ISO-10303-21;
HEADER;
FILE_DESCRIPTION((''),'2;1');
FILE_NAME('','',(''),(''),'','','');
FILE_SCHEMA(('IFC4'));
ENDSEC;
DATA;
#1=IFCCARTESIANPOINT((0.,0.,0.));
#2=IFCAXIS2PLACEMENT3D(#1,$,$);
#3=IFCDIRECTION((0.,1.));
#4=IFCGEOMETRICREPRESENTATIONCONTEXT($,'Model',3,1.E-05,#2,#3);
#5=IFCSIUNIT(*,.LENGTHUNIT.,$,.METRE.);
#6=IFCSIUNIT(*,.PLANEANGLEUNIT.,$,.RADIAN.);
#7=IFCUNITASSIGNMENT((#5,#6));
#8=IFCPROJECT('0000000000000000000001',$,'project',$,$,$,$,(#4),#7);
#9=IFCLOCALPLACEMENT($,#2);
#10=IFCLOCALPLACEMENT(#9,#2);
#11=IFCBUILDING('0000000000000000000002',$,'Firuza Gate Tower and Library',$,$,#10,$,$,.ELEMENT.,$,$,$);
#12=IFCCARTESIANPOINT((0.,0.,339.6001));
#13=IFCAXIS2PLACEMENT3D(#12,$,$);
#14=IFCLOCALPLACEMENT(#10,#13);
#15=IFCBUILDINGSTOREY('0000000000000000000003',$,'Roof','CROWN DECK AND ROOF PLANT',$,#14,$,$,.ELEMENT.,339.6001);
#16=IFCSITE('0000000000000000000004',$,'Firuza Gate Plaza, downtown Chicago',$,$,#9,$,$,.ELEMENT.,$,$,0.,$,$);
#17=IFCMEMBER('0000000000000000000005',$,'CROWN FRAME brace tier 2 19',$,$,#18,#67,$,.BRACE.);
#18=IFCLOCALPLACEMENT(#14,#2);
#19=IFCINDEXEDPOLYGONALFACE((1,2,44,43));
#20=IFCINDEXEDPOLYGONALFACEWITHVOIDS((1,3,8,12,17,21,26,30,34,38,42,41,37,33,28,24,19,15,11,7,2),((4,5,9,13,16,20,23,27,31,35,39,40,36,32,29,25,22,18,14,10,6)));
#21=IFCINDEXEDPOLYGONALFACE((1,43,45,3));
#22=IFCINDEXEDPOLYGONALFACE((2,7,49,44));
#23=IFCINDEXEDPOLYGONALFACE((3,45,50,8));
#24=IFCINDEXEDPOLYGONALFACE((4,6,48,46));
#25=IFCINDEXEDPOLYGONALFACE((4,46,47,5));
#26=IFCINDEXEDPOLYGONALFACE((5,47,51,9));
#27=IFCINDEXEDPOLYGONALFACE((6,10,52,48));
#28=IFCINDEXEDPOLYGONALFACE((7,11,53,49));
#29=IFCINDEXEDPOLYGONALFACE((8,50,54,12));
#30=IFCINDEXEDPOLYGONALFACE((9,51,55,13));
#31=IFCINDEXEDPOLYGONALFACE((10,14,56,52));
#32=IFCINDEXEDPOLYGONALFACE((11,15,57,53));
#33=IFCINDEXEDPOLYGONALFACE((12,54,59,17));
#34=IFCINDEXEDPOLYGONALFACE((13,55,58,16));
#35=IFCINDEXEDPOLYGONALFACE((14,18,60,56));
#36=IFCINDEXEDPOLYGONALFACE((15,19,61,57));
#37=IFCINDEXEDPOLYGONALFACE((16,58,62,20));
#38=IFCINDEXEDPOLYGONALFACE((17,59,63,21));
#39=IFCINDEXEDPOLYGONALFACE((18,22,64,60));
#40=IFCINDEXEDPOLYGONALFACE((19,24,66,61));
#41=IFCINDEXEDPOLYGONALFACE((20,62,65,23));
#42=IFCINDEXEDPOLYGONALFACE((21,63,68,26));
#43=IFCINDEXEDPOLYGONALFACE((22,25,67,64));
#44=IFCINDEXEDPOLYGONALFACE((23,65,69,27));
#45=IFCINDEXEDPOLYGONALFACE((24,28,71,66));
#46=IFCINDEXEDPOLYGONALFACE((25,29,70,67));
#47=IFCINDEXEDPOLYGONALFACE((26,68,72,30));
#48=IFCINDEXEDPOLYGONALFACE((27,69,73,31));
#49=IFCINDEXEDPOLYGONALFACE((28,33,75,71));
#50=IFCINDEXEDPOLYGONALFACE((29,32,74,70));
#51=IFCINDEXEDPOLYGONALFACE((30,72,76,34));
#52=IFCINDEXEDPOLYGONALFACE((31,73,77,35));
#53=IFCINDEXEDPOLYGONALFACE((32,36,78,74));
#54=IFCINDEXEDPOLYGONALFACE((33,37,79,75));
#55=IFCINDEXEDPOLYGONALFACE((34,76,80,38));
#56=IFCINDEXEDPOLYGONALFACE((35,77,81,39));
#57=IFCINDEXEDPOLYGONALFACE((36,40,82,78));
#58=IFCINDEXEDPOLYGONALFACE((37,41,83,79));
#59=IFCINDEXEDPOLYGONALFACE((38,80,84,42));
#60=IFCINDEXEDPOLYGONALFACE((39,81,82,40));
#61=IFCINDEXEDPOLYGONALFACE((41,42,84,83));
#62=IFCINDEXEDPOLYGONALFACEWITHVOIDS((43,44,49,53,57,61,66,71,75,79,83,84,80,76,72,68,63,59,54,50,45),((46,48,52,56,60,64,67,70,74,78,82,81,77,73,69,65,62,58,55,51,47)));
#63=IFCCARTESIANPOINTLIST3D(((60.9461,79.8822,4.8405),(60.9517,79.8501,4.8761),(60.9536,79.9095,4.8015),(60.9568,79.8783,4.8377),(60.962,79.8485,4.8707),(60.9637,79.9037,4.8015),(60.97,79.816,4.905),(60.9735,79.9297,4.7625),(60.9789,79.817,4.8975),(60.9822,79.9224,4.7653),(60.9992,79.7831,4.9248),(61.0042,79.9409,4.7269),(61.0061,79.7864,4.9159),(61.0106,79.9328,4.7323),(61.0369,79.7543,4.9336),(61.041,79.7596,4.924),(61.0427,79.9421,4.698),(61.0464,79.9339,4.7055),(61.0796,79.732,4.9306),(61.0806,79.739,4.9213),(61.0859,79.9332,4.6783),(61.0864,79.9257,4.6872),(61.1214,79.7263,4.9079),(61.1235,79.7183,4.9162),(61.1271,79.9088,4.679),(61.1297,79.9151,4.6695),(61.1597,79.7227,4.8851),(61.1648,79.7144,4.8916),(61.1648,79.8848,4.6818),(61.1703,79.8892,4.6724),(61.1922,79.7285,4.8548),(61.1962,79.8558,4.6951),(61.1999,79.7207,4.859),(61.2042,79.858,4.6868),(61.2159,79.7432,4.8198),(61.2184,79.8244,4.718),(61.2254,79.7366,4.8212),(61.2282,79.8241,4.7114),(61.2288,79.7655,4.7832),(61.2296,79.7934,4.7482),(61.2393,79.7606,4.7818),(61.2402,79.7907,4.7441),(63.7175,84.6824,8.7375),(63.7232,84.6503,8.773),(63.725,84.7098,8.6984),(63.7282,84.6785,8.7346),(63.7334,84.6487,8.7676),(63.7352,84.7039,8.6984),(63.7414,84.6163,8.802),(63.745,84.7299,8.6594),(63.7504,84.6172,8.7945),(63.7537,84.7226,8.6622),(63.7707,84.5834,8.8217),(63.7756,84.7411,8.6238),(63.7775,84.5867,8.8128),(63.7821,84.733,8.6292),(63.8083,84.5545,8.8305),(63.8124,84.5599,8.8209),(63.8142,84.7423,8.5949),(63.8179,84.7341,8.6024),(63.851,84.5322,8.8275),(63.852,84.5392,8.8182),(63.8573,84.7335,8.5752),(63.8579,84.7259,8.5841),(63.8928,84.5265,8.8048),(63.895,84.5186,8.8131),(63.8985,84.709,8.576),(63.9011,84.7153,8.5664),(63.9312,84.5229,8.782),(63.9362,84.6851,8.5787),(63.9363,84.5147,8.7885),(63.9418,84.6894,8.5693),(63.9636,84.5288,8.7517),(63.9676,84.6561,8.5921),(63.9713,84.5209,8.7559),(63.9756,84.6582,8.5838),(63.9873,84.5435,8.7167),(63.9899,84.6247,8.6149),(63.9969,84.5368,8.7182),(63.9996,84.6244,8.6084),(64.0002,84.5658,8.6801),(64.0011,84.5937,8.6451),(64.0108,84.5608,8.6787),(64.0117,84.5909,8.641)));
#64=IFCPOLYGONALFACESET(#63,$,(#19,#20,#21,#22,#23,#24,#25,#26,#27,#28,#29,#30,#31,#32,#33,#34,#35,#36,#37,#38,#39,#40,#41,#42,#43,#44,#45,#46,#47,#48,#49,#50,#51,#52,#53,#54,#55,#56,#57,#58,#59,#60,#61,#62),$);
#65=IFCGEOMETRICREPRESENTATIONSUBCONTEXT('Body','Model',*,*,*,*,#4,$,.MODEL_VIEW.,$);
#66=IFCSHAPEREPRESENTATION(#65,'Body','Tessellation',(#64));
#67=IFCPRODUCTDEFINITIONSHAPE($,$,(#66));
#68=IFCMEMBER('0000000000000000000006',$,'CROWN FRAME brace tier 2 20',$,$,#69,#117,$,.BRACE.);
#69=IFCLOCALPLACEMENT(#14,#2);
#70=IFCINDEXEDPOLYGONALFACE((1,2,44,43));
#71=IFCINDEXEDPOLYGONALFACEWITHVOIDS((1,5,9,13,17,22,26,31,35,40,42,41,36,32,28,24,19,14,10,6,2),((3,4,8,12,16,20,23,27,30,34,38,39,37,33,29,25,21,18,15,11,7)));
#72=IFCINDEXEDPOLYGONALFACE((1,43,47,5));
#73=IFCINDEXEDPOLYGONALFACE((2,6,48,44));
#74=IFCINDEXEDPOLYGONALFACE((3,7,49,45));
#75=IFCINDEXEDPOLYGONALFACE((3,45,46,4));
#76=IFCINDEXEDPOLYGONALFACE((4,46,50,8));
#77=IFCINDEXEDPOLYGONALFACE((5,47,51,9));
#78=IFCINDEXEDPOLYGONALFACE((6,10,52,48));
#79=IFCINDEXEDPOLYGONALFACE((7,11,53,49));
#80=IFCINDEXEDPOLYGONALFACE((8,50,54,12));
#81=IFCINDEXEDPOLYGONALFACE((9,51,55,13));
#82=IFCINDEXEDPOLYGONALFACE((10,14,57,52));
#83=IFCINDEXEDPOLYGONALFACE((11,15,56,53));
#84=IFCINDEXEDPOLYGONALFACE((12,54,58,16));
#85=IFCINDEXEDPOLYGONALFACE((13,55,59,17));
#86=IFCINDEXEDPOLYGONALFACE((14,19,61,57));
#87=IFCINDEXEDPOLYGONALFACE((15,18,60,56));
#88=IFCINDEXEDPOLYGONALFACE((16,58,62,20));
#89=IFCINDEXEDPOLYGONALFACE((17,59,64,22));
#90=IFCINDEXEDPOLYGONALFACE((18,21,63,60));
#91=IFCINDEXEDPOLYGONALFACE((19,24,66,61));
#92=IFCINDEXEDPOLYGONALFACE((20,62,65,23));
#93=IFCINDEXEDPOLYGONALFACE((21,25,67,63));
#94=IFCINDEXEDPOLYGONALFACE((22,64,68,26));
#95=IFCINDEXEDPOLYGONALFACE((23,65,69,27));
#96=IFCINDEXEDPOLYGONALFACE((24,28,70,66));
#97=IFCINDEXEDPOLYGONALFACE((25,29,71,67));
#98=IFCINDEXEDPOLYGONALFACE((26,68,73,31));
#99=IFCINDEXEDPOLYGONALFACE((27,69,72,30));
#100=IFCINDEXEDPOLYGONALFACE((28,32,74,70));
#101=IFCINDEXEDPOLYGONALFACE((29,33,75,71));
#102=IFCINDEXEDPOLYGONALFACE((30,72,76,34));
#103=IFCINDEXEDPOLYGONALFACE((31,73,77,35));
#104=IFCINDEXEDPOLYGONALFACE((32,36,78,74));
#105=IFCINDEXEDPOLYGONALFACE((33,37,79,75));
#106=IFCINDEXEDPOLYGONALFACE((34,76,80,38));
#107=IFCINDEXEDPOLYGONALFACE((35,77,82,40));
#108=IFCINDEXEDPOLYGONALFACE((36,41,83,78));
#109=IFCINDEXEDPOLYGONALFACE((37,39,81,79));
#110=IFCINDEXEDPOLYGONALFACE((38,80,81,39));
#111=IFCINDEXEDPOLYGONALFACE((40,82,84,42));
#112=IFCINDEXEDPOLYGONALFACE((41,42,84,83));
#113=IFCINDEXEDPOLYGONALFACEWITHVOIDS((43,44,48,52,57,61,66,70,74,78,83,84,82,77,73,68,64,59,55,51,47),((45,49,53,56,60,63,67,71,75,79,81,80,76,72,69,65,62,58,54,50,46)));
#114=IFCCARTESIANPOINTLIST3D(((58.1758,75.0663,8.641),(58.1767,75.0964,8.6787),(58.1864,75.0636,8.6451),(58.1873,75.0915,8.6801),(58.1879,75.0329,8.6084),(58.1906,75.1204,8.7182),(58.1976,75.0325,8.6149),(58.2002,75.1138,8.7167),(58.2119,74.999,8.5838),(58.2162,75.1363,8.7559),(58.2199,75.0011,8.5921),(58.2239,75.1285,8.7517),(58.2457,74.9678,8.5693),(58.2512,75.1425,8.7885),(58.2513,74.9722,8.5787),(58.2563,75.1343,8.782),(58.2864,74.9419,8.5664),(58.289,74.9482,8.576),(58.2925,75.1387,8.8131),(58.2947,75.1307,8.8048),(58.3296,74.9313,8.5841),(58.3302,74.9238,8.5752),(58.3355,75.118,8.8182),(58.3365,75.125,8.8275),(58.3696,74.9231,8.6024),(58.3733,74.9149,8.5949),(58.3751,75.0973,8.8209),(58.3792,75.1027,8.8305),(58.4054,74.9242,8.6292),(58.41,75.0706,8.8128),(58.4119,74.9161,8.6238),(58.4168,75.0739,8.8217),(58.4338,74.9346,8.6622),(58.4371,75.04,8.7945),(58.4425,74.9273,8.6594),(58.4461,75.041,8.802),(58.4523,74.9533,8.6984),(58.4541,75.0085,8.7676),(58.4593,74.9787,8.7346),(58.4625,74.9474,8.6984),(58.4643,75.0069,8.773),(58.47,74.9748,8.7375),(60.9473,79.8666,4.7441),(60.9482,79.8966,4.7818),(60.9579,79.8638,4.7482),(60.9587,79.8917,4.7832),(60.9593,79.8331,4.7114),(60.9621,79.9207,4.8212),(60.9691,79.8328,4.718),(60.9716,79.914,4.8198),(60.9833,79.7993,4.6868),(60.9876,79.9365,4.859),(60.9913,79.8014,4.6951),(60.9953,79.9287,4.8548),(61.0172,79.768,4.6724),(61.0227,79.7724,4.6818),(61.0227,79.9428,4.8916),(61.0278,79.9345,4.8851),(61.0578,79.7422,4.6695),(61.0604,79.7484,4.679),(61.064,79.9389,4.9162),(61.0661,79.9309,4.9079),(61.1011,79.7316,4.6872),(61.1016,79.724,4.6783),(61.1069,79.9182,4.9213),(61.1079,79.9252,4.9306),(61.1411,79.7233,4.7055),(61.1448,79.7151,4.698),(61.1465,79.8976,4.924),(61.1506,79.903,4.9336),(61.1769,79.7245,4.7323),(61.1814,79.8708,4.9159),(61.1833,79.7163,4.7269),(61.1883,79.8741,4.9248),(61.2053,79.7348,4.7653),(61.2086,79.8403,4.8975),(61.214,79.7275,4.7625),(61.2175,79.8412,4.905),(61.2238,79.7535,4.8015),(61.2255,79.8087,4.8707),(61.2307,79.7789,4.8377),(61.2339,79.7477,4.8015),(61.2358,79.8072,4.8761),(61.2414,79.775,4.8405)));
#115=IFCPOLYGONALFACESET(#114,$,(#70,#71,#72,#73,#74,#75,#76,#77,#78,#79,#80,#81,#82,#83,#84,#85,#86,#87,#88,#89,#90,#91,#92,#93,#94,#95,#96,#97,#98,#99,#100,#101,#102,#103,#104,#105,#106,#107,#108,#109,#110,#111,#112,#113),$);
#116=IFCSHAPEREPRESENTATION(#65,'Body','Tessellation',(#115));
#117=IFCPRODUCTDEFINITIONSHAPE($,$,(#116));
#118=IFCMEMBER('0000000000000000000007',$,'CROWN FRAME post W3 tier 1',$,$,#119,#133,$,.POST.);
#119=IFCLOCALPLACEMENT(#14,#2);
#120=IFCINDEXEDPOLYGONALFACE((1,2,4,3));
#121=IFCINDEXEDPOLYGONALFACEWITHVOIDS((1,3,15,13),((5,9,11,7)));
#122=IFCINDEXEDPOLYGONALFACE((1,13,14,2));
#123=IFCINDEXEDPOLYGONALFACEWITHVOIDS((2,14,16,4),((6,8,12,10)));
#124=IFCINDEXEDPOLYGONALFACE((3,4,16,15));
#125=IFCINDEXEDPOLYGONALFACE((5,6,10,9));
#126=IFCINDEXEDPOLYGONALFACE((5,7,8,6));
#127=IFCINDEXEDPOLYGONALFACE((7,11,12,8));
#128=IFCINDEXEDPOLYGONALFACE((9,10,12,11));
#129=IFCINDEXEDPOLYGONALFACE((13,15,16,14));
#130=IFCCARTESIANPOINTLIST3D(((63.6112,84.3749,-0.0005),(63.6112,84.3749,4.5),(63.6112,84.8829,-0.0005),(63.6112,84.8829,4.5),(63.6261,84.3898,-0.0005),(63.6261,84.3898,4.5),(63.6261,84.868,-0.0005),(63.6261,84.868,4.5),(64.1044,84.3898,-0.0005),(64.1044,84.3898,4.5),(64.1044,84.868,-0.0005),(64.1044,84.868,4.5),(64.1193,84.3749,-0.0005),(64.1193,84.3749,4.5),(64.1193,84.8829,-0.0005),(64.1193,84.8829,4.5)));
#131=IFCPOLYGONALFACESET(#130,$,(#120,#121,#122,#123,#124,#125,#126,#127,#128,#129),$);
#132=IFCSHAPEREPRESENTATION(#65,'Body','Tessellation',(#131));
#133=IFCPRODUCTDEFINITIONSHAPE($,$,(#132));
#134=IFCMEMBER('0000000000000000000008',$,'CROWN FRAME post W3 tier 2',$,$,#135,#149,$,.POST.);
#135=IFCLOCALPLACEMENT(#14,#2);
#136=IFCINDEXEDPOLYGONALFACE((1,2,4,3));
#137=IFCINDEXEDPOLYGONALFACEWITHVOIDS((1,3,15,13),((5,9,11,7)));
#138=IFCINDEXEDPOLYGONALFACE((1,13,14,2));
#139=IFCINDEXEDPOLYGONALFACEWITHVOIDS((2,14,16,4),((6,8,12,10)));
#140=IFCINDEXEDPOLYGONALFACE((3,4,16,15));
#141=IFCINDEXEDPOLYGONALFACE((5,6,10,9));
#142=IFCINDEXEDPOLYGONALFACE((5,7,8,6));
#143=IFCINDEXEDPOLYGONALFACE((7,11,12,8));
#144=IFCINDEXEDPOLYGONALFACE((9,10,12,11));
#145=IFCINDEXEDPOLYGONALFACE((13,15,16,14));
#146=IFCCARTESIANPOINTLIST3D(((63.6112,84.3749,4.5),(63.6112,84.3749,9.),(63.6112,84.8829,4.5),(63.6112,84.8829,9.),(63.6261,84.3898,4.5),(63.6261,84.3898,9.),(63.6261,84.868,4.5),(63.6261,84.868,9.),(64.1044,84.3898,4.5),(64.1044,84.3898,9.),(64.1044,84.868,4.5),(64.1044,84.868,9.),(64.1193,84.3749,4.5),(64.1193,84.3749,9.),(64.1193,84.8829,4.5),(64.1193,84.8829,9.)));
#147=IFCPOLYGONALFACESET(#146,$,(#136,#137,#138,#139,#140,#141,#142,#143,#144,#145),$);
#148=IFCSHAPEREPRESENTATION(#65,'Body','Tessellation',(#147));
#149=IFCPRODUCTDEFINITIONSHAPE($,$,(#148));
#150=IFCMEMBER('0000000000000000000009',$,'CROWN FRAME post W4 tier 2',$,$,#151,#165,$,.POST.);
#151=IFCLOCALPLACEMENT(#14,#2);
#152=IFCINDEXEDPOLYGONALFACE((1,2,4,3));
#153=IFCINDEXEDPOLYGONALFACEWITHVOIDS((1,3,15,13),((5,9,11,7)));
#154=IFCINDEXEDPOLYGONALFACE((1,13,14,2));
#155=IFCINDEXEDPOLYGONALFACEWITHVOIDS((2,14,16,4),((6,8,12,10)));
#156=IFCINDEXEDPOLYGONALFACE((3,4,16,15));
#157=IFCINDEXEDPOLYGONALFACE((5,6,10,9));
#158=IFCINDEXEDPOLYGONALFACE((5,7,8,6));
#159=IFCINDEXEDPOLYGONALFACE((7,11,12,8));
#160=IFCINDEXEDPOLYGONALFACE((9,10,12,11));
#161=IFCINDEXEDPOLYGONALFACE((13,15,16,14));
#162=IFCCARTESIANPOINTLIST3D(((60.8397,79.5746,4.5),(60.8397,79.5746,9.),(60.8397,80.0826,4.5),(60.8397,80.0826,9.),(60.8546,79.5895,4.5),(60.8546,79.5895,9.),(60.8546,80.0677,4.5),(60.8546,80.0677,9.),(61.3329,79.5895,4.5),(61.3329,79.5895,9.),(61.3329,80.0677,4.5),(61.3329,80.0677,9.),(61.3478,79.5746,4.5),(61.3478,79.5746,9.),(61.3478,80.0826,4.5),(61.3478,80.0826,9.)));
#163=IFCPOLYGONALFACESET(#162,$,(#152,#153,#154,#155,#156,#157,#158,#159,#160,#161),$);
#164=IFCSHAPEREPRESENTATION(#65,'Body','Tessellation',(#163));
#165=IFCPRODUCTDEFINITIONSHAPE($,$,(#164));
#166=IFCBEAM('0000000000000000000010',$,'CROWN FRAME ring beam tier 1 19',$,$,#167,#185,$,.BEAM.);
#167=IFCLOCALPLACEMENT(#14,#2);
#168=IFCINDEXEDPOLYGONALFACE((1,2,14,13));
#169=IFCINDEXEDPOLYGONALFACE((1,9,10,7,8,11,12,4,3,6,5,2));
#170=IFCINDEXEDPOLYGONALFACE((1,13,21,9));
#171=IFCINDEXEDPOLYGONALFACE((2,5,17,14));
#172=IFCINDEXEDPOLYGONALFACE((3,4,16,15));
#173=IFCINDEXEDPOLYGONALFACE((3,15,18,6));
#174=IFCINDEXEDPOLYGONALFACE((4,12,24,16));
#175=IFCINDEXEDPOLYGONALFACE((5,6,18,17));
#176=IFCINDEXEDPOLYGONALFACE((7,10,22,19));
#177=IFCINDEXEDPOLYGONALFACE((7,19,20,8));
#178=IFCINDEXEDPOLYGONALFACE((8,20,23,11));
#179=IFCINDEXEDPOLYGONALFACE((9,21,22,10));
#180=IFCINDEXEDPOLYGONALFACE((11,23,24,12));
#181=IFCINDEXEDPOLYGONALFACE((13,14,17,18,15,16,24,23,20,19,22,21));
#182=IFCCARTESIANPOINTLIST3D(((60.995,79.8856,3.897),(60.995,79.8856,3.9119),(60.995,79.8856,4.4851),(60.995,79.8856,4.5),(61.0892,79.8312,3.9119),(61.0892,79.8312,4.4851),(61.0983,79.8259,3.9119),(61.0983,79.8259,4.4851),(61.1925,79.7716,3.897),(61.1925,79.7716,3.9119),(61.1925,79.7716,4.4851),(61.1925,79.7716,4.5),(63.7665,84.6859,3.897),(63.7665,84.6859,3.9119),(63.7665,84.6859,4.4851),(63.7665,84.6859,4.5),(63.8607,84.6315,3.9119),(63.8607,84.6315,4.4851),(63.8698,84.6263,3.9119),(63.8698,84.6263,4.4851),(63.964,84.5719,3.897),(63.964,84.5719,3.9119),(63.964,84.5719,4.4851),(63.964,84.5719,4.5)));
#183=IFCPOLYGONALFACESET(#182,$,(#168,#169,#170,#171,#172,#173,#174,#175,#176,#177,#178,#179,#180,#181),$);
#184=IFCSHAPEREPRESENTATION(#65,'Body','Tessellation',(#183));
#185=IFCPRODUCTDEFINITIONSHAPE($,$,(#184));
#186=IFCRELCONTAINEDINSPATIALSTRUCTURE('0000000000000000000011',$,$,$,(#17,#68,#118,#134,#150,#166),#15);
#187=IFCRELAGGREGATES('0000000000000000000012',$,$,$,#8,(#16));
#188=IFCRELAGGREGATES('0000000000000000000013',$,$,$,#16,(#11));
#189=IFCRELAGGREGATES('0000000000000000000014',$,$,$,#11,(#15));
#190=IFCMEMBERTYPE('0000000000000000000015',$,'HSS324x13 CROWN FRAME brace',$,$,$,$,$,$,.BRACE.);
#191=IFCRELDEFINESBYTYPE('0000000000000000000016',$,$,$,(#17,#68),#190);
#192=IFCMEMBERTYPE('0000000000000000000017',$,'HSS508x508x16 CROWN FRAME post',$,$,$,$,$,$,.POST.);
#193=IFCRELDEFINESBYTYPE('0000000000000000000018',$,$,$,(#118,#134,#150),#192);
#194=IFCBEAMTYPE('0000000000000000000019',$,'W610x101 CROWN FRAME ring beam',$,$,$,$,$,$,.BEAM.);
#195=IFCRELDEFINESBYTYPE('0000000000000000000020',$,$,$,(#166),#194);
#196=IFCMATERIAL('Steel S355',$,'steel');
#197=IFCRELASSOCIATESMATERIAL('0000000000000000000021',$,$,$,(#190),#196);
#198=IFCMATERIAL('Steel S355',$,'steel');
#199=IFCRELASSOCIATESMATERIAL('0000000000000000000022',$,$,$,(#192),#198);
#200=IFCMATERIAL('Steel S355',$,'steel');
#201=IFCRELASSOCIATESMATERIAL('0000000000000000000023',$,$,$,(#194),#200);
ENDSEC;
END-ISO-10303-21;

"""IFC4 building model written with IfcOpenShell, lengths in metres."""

from ifc_helpers import new_model, si_unit, direction, frame, origin, origin_2d, place, context, subcontext, project, spatial, hollow_rectangle, hollow_circle, i_section, extrude, material, material_profile, profile_set, type_object, element, save


model = new_model("IFC4")

# Units and contexts
model_context = context("Model", 3, precision=1e-05, world=origin(), true_north=direction((0.0, 1.0)))
body_context = subcontext(model_context, "Body", "Model", "MODEL_VIEW")
ifc_project = project(units=[si_unit("LENGTHUNIT", "METRE"), si_unit("PLANEANGLEUNIT", "RADIAN")], contexts=[model_context])

# Site, building, storey
site_placement = place(None, origin())
site = spatial("IfcSite", under=ifc_project, at=site_placement, Name="Firuza Gate Plaza, downtown Chicago", CompositionType="ELEMENT", RefElevation=0.0)
building_placement = place(site_placement, origin())
building = spatial("IfcBuilding", under=site, at=building_placement, Name="Firuza Gate Tower and Library", CompositionType="ELEMENT")
storey_placement = place(building_placement, frame((0.0, 0.0, 339.6001)))
storey = spatial("IfcBuildingStorey", under=building, at=storey_placement, Name="Roof", Description="CROWN DECK AND ROOF PLANT", CompositionType="ELEMENT", Elevation=339.6001)

# Members
ifc_material_1 = material(Name="Steel S355", Category="steel")
ifc_material_profile_1 = material_profile(ifc_material_1, hollow_circle(Radius=0.1619, WallThickness=0.0117, at=origin_2d()))
ifc_profile_set_1 = profile_set([ifc_material_profile_1], Name="Steel S355")
member_type_1 = type_object("IfcMemberType", Name="HSS324x13 CROWN FRAME brace", PredefinedType="BRACE", material=ifc_profile_set_1)
for number, where, z_axis, x_axis, name in (
    (1, (61.0938, 79.8286, 4.8015), (0.409032, 0.708455, 0.575138), (-0.866023, 0.500005, 0.0), "CROWN FRAME brace tier 2 19"),
    (2, (61.0938, 79.8286, 4.8015), (-0.409032, -0.708455, 0.575138), (0.866023, -0.500005, 0.0), "CROWN FRAME brace tier 2 20"),
):
    element("IfcMember", number, at=place(storey_placement, frame(where, z_axis=z_axis, x_axis=x_axis)), inside=storey, type_object=member_type_1, Name=name, PredefinedType="BRACE", context=body_context, shape_type="SweptSolid", body=[
        extrude(hollow_circle(Radius=0.1619, WallThickness=0.0117, at=origin_2d()), origin(), (0.0, 0.0, 1.0), 6.7756),
    ])
ifc_material_2 = material(Name="Steel S355", Category="steel")
ifc_material_profile_2 = material_profile(ifc_material_2, hollow_rectangle(XDim=0.5081, YDim=0.5081, WallThickness=0.0149, at=origin_2d()))
ifc_profile_set_2 = profile_set([ifc_material_profile_2], Name="Steel S355")
member_type_2 = type_object("IfcMemberType", Name="HSS508x508x16 CROWN FRAME post", PredefinedType="POST", material=ifc_profile_set_2)
member_1_placement = place(storey_placement, frame((63.8652, 84.6289, -0.0005), z_axis=(0.0, 0.0, 1.0), x_axis=(1.0, 0.0, 0.0)))
element("IfcMember", 3, at=member_1_placement, inside=storey, type_object=member_type_2, Name="CROWN FRAME post W3 tier 1", PredefinedType="POST", context=body_context, shape_type="SweptSolid", body=[
    extrude(hollow_rectangle(XDim=0.5081, YDim=0.5081, WallThickness=0.0149, at=origin_2d()), origin(), (0.0, 0.0, 1.0), 4.5005),
])
for number, where, z_axis, x_axis, name in (
    (4, (63.8652, 84.6289, 4.5), (0.0, 0.0, 1.0), (1.0, 0.0, 0.0), "CROWN FRAME post W3 tier 2"),
    (5, (61.0938, 79.8286, 4.5), (0.0, 0.0, 1.0), (1.0, 0.0, 0.0), "CROWN FRAME post W4 tier 2"),
):
    element("IfcMember", number, at=place(storey_placement, frame(where, z_axis=z_axis, x_axis=x_axis)), inside=storey, type_object=member_type_2, Name=name, PredefinedType="POST", context=body_context, shape_type="SweptSolid", body=[
        extrude(hollow_rectangle(XDim=0.5081, YDim=0.5081, WallThickness=0.0149, at=origin_2d()), origin(), (0.0, 0.0, 1.0), 4.5),
    ])

# Beam
ifc_material_3 = material(Name="Steel S355", Category="steel")
ifc_material_profile_3 = material_profile(ifc_material_3, i_section(OverallWidth=0.228, OverallDepth=0.603, WebThickness=0.0105, FlangeThickness=0.0149, at=origin_2d()))
ifc_profile_set_3 = profile_set([ifc_material_profile_3], Name="Steel S355")
beam_type = type_object("IfcBeamType", Name="W610x101 CROWN FRAME ring beam", PredefinedType="BEAM", material=ifc_profile_set_3)
for number, where, z_axis, x_axis, name in (
    (6, (63.8652, 84.6289, 4.1985), (-0.500005, -0.866023, 0.0), (0.866023, -0.500005, 0.0), "CROWN FRAME ring beam tier 1 19"),
):
    element("IfcBeam", number, at=place(storey_placement, frame(where, z_axis=z_axis, x_axis=x_axis)), inside=storey, type_object=beam_type, Name=name, PredefinedType="BEAM", context=body_context, shape_type="SweptSolid", body=[
        extrude(i_section(OverallWidth=0.228, OverallDepth=0.603, WebThickness=0.0105, FlangeThickness=0.0149, at=origin_2d()), origin(), (0.0, 0.0, 1.0), 5.543),
    ])

save(model, "model.ifc")
